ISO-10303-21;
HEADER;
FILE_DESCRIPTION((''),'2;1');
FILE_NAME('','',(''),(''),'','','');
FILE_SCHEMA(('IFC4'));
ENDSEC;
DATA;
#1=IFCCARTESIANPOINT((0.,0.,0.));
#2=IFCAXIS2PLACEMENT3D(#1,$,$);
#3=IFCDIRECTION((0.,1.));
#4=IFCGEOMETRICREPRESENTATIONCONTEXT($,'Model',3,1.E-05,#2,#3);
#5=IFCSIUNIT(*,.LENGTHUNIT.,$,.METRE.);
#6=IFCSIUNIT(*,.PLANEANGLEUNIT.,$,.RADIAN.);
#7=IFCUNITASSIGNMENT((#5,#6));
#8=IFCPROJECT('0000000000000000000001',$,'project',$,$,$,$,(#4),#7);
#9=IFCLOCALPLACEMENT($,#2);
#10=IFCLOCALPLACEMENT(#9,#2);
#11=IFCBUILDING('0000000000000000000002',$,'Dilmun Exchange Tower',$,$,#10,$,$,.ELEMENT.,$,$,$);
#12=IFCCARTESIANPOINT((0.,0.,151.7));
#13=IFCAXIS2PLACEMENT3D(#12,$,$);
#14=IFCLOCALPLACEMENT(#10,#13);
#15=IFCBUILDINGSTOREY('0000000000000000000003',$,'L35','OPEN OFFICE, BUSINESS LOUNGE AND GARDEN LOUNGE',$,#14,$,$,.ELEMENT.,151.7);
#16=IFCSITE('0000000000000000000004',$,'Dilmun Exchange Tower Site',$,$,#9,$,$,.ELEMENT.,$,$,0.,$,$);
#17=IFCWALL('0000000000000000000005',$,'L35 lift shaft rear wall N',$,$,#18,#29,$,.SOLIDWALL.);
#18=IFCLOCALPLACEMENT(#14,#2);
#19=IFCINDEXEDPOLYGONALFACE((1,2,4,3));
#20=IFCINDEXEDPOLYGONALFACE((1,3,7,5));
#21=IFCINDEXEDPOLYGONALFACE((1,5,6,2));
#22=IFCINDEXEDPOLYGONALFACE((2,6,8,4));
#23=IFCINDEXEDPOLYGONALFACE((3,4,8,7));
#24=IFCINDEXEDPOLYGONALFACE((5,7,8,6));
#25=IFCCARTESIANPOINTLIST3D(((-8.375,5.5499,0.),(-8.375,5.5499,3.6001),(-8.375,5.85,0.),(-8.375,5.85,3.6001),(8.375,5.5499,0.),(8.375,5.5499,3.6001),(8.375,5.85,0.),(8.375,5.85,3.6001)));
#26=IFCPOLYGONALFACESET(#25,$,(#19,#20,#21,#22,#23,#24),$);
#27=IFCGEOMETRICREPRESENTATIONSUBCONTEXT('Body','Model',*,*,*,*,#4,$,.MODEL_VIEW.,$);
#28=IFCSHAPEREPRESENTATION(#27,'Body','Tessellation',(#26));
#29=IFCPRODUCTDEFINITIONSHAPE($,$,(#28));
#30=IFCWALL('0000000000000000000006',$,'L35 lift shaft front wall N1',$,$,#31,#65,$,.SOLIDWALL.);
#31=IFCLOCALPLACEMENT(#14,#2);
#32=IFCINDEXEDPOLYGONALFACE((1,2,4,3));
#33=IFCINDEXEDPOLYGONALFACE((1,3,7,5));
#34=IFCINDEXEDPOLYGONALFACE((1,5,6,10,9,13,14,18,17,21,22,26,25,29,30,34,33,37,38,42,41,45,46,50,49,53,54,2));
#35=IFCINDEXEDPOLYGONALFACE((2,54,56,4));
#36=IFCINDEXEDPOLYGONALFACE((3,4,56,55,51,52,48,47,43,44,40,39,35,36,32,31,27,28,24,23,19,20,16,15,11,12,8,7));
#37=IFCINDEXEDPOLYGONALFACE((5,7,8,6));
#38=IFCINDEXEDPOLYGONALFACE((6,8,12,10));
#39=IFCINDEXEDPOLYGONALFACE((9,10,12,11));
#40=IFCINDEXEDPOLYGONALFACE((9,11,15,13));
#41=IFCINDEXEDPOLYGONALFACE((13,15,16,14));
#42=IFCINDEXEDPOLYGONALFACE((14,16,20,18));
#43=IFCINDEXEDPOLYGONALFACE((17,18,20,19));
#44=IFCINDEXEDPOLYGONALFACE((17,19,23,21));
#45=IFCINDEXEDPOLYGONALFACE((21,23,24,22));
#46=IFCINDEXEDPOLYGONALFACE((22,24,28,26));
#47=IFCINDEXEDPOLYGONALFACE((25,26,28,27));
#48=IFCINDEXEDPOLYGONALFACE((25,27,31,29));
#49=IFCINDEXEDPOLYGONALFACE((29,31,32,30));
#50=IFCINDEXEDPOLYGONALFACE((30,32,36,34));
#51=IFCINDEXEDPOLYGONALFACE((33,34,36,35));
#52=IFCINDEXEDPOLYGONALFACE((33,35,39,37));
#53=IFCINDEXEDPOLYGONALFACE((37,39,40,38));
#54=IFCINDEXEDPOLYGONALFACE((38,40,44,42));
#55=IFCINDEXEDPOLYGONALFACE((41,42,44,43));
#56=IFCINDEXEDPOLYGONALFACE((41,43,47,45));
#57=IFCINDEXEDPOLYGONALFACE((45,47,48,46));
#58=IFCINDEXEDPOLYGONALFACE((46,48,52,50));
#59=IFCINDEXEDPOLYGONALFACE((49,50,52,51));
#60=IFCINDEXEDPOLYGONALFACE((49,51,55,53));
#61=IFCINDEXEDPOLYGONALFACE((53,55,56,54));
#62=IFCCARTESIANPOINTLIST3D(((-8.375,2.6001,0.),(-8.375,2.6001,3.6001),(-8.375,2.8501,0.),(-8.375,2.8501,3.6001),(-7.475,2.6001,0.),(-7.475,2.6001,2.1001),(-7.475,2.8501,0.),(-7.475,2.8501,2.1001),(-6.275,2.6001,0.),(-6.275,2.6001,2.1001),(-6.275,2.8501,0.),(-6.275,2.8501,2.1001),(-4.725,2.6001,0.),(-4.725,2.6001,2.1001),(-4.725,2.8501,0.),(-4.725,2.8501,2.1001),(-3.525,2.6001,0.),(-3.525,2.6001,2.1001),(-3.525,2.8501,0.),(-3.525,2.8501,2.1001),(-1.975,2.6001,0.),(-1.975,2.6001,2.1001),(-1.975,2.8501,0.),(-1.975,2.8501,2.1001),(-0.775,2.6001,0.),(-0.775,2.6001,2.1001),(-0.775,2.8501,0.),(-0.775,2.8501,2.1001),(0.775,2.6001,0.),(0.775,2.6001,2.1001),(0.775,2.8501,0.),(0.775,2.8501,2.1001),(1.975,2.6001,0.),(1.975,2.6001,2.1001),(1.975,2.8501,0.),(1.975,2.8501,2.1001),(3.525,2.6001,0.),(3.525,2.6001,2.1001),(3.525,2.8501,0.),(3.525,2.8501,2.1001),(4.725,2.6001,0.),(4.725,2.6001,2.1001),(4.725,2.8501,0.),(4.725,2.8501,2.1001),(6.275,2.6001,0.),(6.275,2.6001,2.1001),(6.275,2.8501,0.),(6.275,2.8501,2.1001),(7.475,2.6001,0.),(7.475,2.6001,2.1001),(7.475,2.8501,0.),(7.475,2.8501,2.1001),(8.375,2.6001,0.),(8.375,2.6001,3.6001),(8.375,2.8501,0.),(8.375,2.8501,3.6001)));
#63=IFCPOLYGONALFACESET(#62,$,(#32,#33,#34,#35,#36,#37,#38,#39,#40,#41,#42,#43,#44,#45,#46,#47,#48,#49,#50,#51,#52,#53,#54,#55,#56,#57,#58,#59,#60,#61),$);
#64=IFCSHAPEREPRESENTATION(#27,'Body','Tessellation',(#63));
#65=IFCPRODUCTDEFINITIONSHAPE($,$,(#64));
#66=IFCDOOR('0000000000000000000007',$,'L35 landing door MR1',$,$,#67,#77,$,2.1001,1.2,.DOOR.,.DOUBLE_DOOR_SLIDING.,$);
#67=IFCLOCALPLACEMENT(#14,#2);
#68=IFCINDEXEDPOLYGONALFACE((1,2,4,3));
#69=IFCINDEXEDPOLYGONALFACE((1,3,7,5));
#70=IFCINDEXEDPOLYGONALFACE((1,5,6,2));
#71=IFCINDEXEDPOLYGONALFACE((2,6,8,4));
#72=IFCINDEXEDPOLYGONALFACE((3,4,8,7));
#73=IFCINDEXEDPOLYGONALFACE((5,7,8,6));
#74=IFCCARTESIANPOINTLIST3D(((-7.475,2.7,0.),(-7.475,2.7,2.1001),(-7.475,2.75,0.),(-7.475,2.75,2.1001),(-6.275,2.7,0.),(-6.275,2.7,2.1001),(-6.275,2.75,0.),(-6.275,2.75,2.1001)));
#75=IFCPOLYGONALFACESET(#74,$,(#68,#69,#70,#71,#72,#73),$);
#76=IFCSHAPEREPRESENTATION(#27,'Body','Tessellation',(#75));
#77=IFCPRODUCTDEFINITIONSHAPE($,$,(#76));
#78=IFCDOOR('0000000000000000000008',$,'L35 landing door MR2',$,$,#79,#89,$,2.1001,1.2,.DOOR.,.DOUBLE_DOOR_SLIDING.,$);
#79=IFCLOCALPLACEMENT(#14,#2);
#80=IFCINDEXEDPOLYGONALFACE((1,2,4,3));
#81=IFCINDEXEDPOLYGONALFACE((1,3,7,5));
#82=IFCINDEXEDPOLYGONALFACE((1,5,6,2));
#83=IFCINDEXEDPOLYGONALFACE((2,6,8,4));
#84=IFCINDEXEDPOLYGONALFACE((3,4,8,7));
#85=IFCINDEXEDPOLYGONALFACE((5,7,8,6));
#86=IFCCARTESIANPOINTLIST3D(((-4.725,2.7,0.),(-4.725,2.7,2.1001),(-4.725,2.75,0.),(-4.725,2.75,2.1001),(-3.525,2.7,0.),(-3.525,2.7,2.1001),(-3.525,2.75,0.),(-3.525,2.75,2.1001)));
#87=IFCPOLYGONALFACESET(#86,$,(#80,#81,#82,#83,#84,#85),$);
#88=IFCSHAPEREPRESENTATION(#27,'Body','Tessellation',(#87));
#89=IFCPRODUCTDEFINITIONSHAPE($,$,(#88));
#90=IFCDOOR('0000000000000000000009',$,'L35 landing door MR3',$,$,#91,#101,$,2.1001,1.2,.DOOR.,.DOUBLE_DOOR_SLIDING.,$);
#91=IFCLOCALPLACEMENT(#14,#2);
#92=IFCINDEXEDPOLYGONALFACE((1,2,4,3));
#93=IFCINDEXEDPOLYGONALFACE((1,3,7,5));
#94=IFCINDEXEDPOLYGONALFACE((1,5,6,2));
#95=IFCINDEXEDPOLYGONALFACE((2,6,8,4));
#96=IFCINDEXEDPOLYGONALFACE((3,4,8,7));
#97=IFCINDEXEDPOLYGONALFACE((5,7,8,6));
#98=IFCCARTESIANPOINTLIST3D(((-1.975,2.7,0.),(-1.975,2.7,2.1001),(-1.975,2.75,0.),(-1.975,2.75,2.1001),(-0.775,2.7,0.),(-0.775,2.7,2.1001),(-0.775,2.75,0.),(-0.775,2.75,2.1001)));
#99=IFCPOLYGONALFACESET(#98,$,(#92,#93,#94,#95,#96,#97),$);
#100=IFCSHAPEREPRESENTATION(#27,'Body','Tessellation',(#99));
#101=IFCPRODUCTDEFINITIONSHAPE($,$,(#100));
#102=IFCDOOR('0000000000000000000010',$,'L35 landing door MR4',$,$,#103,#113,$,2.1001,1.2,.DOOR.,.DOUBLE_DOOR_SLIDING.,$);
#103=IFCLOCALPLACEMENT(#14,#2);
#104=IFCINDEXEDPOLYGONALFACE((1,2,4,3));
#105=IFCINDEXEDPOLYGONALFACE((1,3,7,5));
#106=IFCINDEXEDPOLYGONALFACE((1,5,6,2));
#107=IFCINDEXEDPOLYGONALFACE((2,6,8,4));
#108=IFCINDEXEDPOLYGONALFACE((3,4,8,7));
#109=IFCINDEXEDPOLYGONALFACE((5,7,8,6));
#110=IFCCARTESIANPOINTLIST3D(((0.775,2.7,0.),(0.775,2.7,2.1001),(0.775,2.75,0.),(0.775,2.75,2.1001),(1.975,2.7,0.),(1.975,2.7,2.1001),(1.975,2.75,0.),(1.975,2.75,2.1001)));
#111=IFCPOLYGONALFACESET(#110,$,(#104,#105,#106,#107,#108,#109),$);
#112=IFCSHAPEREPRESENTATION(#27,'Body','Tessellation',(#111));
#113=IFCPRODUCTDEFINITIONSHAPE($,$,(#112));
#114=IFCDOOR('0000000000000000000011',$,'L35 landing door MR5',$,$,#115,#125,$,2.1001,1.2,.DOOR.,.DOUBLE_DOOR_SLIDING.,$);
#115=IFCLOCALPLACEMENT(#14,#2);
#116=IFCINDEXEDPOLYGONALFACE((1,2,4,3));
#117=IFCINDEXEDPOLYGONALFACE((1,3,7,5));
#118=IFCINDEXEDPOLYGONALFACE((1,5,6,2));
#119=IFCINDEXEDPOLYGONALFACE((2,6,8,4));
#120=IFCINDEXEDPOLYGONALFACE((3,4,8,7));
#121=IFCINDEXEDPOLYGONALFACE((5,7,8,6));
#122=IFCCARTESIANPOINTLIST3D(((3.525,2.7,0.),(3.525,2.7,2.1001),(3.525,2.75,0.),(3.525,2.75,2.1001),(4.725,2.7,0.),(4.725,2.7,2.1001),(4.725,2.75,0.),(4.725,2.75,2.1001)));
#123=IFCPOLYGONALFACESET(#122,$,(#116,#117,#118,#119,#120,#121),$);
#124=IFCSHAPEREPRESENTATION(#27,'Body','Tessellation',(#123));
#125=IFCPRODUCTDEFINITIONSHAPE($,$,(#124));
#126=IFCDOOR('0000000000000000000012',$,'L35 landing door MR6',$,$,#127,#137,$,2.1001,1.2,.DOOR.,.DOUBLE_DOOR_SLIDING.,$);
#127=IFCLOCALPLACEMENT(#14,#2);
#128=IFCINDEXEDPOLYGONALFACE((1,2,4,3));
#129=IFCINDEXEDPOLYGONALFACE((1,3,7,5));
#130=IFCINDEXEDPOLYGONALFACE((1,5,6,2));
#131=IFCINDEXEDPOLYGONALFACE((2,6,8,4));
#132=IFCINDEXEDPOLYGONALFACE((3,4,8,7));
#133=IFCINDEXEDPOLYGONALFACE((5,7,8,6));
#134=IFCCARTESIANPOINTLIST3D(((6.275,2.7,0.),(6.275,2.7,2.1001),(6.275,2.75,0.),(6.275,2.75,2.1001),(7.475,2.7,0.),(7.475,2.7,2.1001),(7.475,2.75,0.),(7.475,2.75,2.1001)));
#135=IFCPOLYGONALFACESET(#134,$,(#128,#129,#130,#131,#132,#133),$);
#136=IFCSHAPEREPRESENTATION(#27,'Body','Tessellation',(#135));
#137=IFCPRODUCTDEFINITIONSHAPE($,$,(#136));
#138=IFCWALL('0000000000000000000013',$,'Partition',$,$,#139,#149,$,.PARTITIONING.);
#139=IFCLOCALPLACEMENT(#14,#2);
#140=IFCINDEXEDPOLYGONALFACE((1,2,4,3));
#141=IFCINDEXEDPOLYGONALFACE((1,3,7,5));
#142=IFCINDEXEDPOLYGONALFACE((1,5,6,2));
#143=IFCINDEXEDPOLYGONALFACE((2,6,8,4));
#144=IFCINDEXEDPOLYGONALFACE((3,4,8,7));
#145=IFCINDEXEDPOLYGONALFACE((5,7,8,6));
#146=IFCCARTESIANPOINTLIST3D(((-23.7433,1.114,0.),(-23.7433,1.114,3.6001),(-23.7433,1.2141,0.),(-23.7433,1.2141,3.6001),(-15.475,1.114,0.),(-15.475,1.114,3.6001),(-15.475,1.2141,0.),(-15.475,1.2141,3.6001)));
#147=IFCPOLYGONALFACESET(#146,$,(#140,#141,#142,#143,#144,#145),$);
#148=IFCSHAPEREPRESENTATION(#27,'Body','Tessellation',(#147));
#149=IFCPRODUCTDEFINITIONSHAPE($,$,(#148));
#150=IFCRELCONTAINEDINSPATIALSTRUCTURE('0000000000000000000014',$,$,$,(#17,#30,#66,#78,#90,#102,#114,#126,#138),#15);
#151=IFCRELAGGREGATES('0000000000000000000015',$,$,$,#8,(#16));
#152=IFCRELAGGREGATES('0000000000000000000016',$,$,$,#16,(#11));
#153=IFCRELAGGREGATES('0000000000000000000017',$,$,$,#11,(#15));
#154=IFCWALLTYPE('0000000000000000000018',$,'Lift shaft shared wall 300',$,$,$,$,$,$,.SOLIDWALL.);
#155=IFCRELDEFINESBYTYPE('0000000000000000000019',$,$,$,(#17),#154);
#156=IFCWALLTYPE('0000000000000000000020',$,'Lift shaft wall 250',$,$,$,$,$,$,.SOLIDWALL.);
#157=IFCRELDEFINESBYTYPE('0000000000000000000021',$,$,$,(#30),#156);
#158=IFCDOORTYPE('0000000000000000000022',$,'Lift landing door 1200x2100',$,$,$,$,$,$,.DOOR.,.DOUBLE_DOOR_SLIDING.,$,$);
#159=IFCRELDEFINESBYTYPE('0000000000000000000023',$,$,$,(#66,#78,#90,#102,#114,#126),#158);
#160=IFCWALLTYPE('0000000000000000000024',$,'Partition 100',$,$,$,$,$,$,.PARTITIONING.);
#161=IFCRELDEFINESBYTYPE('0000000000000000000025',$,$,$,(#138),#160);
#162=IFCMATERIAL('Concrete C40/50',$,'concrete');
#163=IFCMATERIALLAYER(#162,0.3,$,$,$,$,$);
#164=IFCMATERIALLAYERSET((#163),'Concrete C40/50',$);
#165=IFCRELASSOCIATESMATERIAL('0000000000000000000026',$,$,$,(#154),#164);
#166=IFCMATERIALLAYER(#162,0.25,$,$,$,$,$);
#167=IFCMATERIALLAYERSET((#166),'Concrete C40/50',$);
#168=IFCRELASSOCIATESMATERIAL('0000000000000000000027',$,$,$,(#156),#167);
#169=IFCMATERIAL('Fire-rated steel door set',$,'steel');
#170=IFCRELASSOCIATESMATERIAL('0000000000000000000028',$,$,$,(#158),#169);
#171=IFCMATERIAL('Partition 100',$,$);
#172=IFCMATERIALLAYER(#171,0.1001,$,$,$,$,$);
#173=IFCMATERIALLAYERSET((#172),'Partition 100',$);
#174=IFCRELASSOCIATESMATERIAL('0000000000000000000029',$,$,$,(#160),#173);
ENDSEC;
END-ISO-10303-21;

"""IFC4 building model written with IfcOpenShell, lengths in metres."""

from ifc_helpers import new_model, si_unit, direction, frame, frame_2d, origin, place, context, subcontext, project, spatial, rectangle, extrude, material, layer, layer_set, type_object, element, fill, save


model = new_model("IFC4")

# Units and contexts
model_context = context("Model", 3, precision=1e-05, world=origin(), true_north=direction((0.0, 1.0)))
body_context = subcontext(model_context, "Body", "Model", "MODEL_VIEW")
ifc_project = project(units=[si_unit("LENGTHUNIT", "METRE"), si_unit("PLANEANGLEUNIT", "RADIAN")], contexts=[model_context])

# Site, building, storey
site_placement = place(None, origin())
site = spatial("IfcSite", under=ifc_project, at=site_placement, Name="Dilmun Exchange Tower Site", CompositionType="ELEMENT", RefElevation=0.0)
building_placement = place(site_placement, origin())
building = spatial("IfcBuilding", under=site, at=building_placement, Name="Dilmun Exchange Tower", CompositionType="ELEMENT")
storey_placement = place(building_placement, frame((0.0, 0.0, 151.7)))
storey = spatial("IfcBuildingStorey", under=building, at=storey_placement, Name="L35", Description="OPEN OFFICE, BUSINESS LOUNGE AND GARDEN LOUNGE", CompositionType="ELEMENT", Elevation=151.7)

# Shared definitions
ifc_material_1 = material(Name="Concrete C40/50", Category="concrete")

# Shared definitions
ifc_material_2 = material(Name="Fire-rated steel door set", Category="steel")

# Wall
ifc_layer_1 = layer(ifc_material_1, 0.3)
ifc_layer_set_1 = layer_set([ifc_layer_1], Name="Concrete C40/50")
wall_type_1 = type_object("IfcWallType", Name="Lift shaft shared wall 300", PredefinedType="SOLIDWALL", material=ifc_layer_set_1)
wall_1_placement = place(storey_placement, frame((-8.375, 5.7, 0.0), z_axis=(0.0, 0.0, 1.0), x_axis=(1.0, 0.0, 0.0)))
element("IfcWall", 1, at=wall_1_placement, inside=storey, type_object=wall_type_1, Name="L35 lift shaft rear wall N", PredefinedType="SOLIDWALL", context=body_context, shape_type="SweptSolid", body=[
    extrude(rectangle(XDim=16.75, YDim=0.3, at=frame_2d((8.375, 0.0))), origin(), (0.0, 0.0, 1.0), 3.6001),
])

# Wall, openings, doors
ifc_layer_2 = layer(ifc_material_1, 0.25)
ifc_layer_set_2 = layer_set([ifc_layer_2], Name="Concrete C40/50")
wall_type_2 = type_object("IfcWallType", Name="Lift shaft wall 250", PredefinedType="SOLIDWALL", material=ifc_layer_set_2)
wall_2_placement = place(storey_placement, frame((-8.375, 2.7251, 0.0), z_axis=(0.0, 0.0, 1.0), x_axis=(1.0, 0.0, 0.0)))
wall_2 = element("IfcWall", 2, at=wall_2_placement, inside=storey, type_object=wall_type_2, Name="L35 lift shaft front wall N1", PredefinedType="SOLIDWALL", context=body_context, shape_type="SweptSolid", body=[
    extrude(rectangle(XDim=16.75, YDim=0.25, at=frame_2d((8.375, 0.0))), origin(), (0.0, 0.0, 1.0), 3.6001),
])
opening_1_placement = place(wall_2_placement, frame((0.8999, 0.0, 0.0)))
opening_1 = element("IfcOpeningElement", 3, at=opening_1_placement, cuts=wall_2, PredefinedType="OPENING", context=body_context, shape_type="SweptSolid", body=[
    extrude(rectangle(XDim=1.2, YDim=2.1001, at=frame_2d((0.6001, 1.05))), frame((0.0, 0.135, 0.0), z_axis=(0.0, -1.0, 0.0), x_axis=(1.0, 0.0, 0.0)), (0.0, 0.0, 1.0), 0.27),
])
opening_2_placement = place(wall_2_placement, frame((3.6499, 0.0, 0.0)))
opening_2 = element("IfcOpeningElement", 4, at=opening_2_placement, cuts=wall_2, PredefinedType="OPENING", context=body_context, shape_type="SweptSolid", body=[
    extrude(rectangle(XDim=1.2, YDim=2.1001, at=frame_2d((0.6001, 1.05))), frame((0.0, 0.135, 0.0), z_axis=(0.0, -1.0, 0.0), x_axis=(1.0, 0.0, 0.0)), (0.0, 0.0, 1.0), 0.27),
])
opening_3_placement = place(wall_2_placement, frame((6.3999, 0.0, 0.0)))
opening_3 = element("IfcOpeningElement", 5, at=opening_3_placement, cuts=wall_2, PredefinedType="OPENING", context=body_context, shape_type="SweptSolid", body=[
    extrude(rectangle(XDim=1.2, YDim=2.1001, at=frame_2d((0.6001, 1.05))), frame((0.0, 0.135, 0.0), z_axis=(0.0, -1.0, 0.0), x_axis=(1.0, 0.0, 0.0)), (0.0, 0.0, 1.0), 0.27),
])
opening_4_placement = place(wall_2_placement, frame((9.1499, 0.0, 0.0)))
opening_4 = element("IfcOpeningElement", 6, at=opening_4_placement, cuts=wall_2, PredefinedType="OPENING", context=body_context, shape_type="SweptSolid", body=[
    extrude(rectangle(XDim=1.2, YDim=2.1001, at=frame_2d((0.6001, 1.05))), frame((0.0, 0.135, 0.0), z_axis=(0.0, -1.0, 0.0), x_axis=(1.0, 0.0, 0.0)), (0.0, 0.0, 1.0), 0.27),
])
opening_5_placement = place(wall_2_placement, frame((11.8999, 0.0, 0.0)))
opening_5 = element("IfcOpeningElement", 7, at=opening_5_placement, cuts=wall_2, PredefinedType="OPENING", context=body_context, shape_type="SweptSolid", body=[
    extrude(rectangle(XDim=1.2, YDim=2.1001, at=frame_2d((0.6001, 1.05))), frame((0.0, 0.135, 0.0), z_axis=(0.0, -1.0, 0.0), x_axis=(1.0, 0.0, 0.0)), (0.0, 0.0, 1.0), 0.27),
])
opening_6_placement = place(wall_2_placement, frame((14.6499, 0.0, 0.0)))
opening_6 = element("IfcOpeningElement", 8, at=opening_6_placement, cuts=wall_2, PredefinedType="OPENING", context=body_context, shape_type="SweptSolid", body=[
    extrude(rectangle(XDim=1.2, YDim=2.1001, at=frame_2d((0.6001, 1.05))), frame((0.0, 0.135, 0.0), z_axis=(0.0, -1.0, 0.0), x_axis=(1.0, 0.0, 0.0)), (0.0, 0.0, 1.0), 0.27),
])
door_type_1 = type_object("IfcDoorType", Name="Lift landing door 1200x2100", OperationType="DOUBLE_DOOR_SLIDING", PredefinedType="DOOR", material=ifc_material_2)
door_1_placement = place(opening_1_placement, origin())
door_1 = element("IfcDoor", 9, at=door_1_placement, inside=storey, type_object=door_type_1, Name="L35 landing door MR1", OperationType="DOUBLE_DOOR_SLIDING", OverallHeight=2.1001, OverallWidth=1.2, PredefinedType="DOOR", context=body_context, shape_type="SweptSolid", body=[
    extrude(rectangle(XDim=1.2, YDim=2.1001, at=frame_2d((0.6001, 1.05))), frame((0.0, 0.0249, 0.0), z_axis=(0.0, -1.0, 0.0), x_axis=(1.0, 0.0, 0.0)), (0.0, 0.0, 1.0), 0.05),
])
fill(opening_1, door_1)
door_2_placement = place(opening_2_placement, origin())
door_2 = element("IfcDoor", 10, at=door_2_placement, inside=storey, type_object=door_type_1, Name="L35 landing door MR2", OperationType="DOUBLE_DOOR_SLIDING", OverallHeight=2.1001, OverallWidth=1.2, PredefinedType="DOOR", context=body_context, shape_type="SweptSolid", body=[
    extrude(rectangle(XDim=1.2, YDim=2.1001, at=frame_2d((0.6001, 1.05))), frame((0.0, 0.0249, 0.0), z_axis=(0.0, -1.0, 0.0), x_axis=(1.0, 0.0, 0.0)), (0.0, 0.0, 1.0), 0.05),
])
fill(opening_2, door_2)
door_3_placement = place(opening_3_placement, origin())
door_3 = element("IfcDoor", 11, at=door_3_placement, inside=storey, type_object=door_type_1, Name="L35 landing door MR3", OperationType="DOUBLE_DOOR_SLIDING", OverallHeight=2.1001, OverallWidth=1.2, PredefinedType="DOOR", context=body_context, shape_type="SweptSolid", body=[
    extrude(rectangle(XDim=1.2, YDim=2.1001, at=frame_2d((0.6001, 1.05))), frame((0.0, 0.0249, 0.0), z_axis=(0.0, -1.0, 0.0), x_axis=(1.0, 0.0, 0.0)), (0.0, 0.0, 1.0), 0.05),
])
fill(opening_3, door_3)
door_4_placement = place(opening_4_placement, origin())
door_4 = element("IfcDoor", 12, at=door_4_placement, inside=storey, type_object=door_type_1, Name="L35 landing door MR4", OperationType="DOUBLE_DOOR_SLIDING", OverallHeight=2.1001, OverallWidth=1.2, PredefinedType="DOOR", context=body_context, shape_type="SweptSolid", body=[
    extrude(rectangle(XDim=1.2, YDim=2.1001, at=frame_2d((0.6001, 1.05))), frame((0.0, 0.0249, 0.0), z_axis=(0.0, -1.0, 0.0), x_axis=(1.0, 0.0, 0.0)), (0.0, 0.0, 1.0), 0.05),
])
fill(opening_4, door_4)
door_5_placement = place(opening_5_placement, origin())
door_5 = element("IfcDoor", 13, at=door_5_placement, inside=storey, type_object=door_type_1, Name="L35 landing door MR5", OperationType="DOUBLE_DOOR_SLIDING", OverallHeight=2.1001, OverallWidth=1.2, PredefinedType="DOOR", context=body_context, shape_type="SweptSolid", body=[
    extrude(rectangle(XDim=1.2, YDim=2.1001, at=frame_2d((0.6001, 1.05))), frame((0.0, 0.0249, 0.0), z_axis=(0.0, -1.0, 0.0), x_axis=(1.0, 0.0, 0.0)), (0.0, 0.0, 1.0), 0.05),
])
fill(opening_5, door_5)
door_6_placement = place(opening_6_placement, origin())
door_6 = element("IfcDoor", 14, at=door_6_placement, inside=storey, type_object=door_type_1, Name="L35 landing door MR6", OperationType="DOUBLE_DOOR_SLIDING", OverallHeight=2.1001, OverallWidth=1.2, PredefinedType="DOOR", context=body_context, shape_type="SweptSolid", body=[
    extrude(rectangle(XDim=1.2, YDim=2.1001, at=frame_2d((0.6001, 1.05))), frame((0.0, 0.0249, 0.0), z_axis=(0.0, -1.0, 0.0), x_axis=(1.0, 0.0, 0.0)), (0.0, 0.0, 1.0), 0.05),
])
fill(opening_6, door_6)

# Wall
ifc_material_3 = material(Name="Partition 100")
ifc_layer_3 = layer(ifc_material_3, 0.1001)
ifc_layer_set_3 = layer_set([ifc_layer_3], Name="Partition 100")
wall_type_3 = type_object("IfcWallType", Name="Partition 100", PredefinedType="PARTITIONING", material=ifc_layer_set_3)
wall_3_placement = place(storey_placement, frame((-23.7434, 1.1641, 0.0), z_axis=(0.0, 0.0, 1.0), x_axis=(1.0, 0.0, 0.0)))
element("IfcWall", 15, at=wall_3_placement, inside=storey, type_object=wall_type_3, Name="Partition", PredefinedType="PARTITIONING", context=body_context, shape_type="SweptSolid", body=[
    extrude(rectangle(XDim=8.2683, YDim=0.1001, at=frame_2d((4.1343, 0.0))), origin(), (0.0, 0.0, 1.0), 3.6001),
])

save(model, "model.ifc")
